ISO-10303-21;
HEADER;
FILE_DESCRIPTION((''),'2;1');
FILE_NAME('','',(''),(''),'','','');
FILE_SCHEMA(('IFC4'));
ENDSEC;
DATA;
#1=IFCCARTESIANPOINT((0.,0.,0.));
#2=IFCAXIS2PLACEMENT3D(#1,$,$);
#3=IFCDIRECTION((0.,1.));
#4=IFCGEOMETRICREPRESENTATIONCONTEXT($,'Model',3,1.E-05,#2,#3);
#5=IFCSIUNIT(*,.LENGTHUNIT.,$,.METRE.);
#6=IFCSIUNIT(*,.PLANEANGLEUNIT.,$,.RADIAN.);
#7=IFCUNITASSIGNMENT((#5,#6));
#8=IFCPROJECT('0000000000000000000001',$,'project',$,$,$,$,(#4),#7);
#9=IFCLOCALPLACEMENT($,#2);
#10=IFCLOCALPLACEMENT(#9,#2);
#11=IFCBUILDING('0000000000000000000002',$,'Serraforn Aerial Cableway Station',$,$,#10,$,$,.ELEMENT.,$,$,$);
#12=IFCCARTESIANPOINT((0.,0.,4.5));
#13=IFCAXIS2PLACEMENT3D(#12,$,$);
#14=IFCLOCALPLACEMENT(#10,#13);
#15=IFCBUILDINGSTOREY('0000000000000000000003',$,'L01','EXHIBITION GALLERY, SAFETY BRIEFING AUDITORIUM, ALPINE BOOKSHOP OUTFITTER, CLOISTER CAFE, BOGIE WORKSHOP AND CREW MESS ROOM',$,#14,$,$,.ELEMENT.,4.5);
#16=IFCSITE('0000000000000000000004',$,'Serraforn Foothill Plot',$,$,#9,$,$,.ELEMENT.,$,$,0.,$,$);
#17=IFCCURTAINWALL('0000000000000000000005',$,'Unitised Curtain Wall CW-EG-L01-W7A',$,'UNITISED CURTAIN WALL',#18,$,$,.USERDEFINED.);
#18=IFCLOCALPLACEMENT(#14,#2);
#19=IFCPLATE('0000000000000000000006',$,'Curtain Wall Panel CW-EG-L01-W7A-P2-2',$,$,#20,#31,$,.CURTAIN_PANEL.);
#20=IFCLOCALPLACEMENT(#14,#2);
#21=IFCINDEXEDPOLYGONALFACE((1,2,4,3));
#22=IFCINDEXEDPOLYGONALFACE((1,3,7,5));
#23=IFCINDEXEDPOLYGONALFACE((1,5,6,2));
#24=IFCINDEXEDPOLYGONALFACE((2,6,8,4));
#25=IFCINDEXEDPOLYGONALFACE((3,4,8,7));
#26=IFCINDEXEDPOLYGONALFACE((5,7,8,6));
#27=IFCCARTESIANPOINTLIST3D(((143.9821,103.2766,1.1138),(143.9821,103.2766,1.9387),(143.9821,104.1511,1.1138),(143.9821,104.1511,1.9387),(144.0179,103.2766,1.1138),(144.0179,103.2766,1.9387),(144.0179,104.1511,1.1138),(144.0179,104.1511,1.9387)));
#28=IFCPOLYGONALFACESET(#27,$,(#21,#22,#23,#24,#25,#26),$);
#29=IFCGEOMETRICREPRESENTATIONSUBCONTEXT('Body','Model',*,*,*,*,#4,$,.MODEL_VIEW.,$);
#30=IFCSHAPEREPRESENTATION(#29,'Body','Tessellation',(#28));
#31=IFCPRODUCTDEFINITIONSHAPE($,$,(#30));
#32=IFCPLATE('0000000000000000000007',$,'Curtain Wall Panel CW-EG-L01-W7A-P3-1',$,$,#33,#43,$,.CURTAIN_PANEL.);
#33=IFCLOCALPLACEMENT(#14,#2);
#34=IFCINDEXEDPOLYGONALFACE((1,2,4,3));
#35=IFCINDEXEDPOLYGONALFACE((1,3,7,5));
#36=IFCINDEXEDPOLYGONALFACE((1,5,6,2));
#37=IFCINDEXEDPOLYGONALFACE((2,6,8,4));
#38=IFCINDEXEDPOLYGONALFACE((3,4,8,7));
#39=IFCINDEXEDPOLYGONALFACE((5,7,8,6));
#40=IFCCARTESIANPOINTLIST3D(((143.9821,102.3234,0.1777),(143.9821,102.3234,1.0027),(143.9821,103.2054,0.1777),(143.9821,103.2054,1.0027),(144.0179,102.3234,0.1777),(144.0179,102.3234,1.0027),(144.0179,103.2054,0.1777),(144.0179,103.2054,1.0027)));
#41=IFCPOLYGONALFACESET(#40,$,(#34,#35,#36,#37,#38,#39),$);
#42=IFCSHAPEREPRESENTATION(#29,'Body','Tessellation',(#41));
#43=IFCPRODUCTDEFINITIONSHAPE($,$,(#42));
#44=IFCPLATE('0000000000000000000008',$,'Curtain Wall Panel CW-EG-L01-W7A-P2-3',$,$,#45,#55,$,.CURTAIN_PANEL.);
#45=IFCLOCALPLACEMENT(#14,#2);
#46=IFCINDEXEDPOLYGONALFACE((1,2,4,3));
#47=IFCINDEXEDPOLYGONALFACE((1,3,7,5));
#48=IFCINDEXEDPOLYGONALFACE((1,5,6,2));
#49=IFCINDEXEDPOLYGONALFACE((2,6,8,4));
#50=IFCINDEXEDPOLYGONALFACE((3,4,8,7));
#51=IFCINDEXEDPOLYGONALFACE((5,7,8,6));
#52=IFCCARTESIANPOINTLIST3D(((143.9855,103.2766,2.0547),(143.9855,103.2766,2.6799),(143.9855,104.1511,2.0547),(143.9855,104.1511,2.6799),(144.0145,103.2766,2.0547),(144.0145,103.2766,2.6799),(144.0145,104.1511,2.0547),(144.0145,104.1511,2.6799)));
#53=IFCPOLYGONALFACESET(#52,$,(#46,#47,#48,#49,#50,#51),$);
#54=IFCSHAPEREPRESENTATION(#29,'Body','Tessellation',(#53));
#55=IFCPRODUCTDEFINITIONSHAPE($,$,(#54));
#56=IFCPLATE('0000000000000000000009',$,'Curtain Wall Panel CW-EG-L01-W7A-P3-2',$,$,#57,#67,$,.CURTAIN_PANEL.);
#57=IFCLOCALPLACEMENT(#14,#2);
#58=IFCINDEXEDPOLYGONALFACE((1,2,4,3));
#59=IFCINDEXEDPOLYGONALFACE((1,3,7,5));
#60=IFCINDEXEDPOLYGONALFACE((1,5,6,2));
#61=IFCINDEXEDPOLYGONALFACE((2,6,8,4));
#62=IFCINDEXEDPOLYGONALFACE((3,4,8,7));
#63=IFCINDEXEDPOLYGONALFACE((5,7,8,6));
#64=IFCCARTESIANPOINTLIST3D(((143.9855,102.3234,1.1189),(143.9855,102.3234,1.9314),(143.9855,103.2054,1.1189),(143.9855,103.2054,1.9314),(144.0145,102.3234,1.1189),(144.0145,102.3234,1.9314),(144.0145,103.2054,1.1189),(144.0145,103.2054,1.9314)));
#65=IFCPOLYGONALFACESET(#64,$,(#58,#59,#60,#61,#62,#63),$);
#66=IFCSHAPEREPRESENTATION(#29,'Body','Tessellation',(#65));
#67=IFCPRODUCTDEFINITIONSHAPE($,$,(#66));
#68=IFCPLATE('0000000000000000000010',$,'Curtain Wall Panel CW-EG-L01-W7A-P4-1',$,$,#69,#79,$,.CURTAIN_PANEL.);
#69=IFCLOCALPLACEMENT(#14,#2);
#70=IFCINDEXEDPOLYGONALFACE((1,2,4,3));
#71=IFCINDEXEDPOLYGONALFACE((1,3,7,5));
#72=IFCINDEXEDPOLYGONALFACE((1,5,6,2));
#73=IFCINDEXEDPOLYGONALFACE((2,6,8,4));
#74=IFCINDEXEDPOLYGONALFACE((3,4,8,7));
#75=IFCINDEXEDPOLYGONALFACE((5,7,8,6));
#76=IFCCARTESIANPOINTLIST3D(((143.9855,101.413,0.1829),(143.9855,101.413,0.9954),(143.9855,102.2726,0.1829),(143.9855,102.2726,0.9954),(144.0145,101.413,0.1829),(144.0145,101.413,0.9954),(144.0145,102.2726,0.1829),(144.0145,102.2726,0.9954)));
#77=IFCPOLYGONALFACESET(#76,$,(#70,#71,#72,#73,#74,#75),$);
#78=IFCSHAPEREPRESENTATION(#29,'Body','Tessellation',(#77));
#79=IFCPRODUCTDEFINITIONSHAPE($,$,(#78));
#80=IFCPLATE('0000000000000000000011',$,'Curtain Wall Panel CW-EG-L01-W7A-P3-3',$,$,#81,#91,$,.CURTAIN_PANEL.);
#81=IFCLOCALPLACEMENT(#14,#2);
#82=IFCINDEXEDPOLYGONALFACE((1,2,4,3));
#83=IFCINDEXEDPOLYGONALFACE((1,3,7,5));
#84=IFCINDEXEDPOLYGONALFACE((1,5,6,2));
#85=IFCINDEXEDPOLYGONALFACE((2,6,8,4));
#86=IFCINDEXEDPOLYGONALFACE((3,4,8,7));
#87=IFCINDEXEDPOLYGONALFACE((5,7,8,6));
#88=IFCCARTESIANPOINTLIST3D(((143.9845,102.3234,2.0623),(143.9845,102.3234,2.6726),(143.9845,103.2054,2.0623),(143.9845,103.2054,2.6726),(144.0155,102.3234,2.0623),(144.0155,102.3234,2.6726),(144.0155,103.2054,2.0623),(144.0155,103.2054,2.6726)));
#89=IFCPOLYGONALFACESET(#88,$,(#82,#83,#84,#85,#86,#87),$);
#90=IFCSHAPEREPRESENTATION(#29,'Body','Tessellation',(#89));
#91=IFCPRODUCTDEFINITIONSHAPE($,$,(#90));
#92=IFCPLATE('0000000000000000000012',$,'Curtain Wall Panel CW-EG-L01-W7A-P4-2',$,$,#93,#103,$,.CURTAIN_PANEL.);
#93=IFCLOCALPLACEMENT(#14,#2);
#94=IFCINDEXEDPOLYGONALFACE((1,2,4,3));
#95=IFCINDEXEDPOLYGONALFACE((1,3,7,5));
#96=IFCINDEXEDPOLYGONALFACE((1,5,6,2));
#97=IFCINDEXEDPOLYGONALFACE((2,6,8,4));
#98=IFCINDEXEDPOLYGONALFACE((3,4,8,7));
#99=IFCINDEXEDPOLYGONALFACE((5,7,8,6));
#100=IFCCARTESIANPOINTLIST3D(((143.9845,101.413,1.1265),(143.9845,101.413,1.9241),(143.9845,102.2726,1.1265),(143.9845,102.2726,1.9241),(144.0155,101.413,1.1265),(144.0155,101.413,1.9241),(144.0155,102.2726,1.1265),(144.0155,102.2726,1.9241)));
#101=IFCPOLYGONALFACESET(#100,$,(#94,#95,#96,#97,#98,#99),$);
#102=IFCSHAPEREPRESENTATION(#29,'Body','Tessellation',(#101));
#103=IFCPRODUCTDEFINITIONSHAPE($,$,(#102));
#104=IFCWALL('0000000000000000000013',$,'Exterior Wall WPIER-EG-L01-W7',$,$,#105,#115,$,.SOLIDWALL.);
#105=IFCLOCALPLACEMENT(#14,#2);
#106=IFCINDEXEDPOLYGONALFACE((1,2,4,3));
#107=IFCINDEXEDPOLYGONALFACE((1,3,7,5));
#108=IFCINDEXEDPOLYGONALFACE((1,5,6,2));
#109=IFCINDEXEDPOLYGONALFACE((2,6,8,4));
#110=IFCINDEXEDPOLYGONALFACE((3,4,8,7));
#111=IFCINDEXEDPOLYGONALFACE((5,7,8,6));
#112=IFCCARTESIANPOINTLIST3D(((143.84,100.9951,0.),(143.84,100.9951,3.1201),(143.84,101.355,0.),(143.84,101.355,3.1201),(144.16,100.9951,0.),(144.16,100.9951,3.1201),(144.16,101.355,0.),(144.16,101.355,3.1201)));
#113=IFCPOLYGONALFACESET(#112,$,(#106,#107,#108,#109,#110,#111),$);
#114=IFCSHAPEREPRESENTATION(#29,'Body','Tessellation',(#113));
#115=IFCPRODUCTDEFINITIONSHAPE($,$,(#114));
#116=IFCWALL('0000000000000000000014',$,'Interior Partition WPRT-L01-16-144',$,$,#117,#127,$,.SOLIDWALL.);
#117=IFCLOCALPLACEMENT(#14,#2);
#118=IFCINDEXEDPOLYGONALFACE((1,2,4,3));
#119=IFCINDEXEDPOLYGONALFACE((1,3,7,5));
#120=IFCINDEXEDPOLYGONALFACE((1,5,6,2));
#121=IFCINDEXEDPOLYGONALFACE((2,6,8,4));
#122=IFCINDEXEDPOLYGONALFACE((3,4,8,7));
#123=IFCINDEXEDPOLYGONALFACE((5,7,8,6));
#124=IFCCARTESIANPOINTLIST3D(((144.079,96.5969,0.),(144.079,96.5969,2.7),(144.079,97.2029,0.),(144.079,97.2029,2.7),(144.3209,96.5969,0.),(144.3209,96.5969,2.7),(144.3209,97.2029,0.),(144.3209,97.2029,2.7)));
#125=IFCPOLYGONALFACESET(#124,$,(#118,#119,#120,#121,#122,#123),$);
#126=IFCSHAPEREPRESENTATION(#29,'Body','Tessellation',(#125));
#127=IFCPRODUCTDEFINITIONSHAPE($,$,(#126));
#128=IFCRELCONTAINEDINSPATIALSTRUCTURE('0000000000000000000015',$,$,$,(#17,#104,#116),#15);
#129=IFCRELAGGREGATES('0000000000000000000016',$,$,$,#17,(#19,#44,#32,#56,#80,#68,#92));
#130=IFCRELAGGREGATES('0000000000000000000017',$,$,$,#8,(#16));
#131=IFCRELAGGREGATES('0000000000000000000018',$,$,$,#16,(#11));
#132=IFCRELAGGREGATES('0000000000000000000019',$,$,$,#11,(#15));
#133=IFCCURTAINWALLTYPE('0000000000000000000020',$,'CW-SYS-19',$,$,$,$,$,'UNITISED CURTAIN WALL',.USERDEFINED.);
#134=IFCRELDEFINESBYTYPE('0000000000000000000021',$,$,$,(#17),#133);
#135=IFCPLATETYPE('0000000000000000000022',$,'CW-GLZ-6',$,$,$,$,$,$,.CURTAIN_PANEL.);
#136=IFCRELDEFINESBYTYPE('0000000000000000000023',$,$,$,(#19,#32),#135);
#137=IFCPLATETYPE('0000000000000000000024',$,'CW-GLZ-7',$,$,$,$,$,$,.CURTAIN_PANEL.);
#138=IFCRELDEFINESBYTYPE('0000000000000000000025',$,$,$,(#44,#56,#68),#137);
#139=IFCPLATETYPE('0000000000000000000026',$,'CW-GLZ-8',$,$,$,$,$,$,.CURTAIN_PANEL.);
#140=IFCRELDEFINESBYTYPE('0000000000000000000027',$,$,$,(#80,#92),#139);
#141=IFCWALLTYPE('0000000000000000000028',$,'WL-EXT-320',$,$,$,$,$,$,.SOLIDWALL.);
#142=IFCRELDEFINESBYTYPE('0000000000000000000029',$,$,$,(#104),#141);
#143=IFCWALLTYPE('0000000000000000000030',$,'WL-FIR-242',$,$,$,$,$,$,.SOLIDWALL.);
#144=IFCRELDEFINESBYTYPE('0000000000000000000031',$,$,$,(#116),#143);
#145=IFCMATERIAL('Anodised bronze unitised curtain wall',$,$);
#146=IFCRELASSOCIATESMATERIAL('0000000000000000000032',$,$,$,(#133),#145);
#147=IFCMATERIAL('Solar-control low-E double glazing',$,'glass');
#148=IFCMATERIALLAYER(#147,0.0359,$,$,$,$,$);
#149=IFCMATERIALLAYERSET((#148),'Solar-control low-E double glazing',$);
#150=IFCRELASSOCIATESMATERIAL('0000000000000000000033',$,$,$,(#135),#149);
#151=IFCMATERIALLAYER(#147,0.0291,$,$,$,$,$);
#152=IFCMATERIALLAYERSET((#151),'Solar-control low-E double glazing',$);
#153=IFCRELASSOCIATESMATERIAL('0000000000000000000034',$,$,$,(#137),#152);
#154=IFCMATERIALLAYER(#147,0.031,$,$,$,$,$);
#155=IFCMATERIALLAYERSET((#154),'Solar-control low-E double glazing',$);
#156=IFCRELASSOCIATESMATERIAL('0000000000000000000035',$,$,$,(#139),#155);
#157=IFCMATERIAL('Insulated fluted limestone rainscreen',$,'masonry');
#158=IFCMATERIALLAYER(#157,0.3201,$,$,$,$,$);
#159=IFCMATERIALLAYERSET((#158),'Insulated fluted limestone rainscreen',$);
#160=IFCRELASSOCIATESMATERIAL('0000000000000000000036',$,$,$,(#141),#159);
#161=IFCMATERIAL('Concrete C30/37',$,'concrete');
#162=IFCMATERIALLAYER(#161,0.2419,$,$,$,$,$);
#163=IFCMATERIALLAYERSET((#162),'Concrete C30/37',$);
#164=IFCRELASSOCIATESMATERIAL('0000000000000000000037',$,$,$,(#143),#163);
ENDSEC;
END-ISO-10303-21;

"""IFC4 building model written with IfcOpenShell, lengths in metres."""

from ifc_helpers import new_model, si_unit, direction, frame, frame_2d, origin, origin_2d, place, context, subcontext, project, spatial, rectangle, extrude, material, layer, layer_set, type_object, element, aggregate, save


model = new_model("IFC4")

# Units and contexts
model_context = context("Model", 3, precision=1e-05, world=origin(), true_north=direction((0.0, 1.0)))
body_context = subcontext(model_context, "Body", "Model", "MODEL_VIEW")
ifc_project = project(units=[si_unit("LENGTHUNIT", "METRE"), si_unit("PLANEANGLEUNIT", "RADIAN")], contexts=[model_context])

# Site, building, storey
site_placement = place(None, origin())
site = spatial("IfcSite", under=ifc_project, at=site_placement, Name="Serraforn Foothill Plot", CompositionType="ELEMENT", RefElevation=0.0)
building_placement = place(site_placement, origin())
building = spatial("IfcBuilding", under=site, at=building_placement, Name="Serraforn Aerial Cableway Station", CompositionType="ELEMENT")
storey_placement = place(building_placement, frame((0.0, 0.0, 4.5)))
storey = spatial("IfcBuildingStorey", under=building, at=storey_placement, Name="L01", Description="EXHIBITION GALLERY, SAFETY BRIEFING AUDITORIUM, ALPINE BOOKSHOP OUTFITTER, CLOISTER CAFE, BOGIE WORKSHOP AND CREW MESS ROOM", CompositionType="ELEMENT", Elevation=4.5)

# Curtain wall, plates
ifc_material_1 = material(Name="Anodised bronze unitised curtain wall")
curtain_wall_type = type_object("IfcCurtainWallType", Name="CW-SYS-19", ElementType="UNITISED CURTAIN WALL", PredefinedType="USERDEFINED", material=ifc_material_1)
curtain_wall_placement = place(storey_placement, origin())
curtain_wall = element("IfcCurtainWall", 1, at=curtain_wall_placement, inside=storey, type_object=curtain_wall_type, Name="Unitised Curtain Wall CW-EG-L01-W7A", ObjectType="UNITISED CURTAIN WALL", PredefinedType="USERDEFINED")
ifc_material_2 = material(Name="Solar-control low-E double glazing", Category="glass")
ifc_layer_1 = layer(ifc_material_2, 0.0359)
ifc_layer_set_1 = layer_set([ifc_layer_1], Name="Solar-control low-E double glazing")
plate_type_1 = type_object("IfcPlateType", Name="CW-GLZ-6", PredefinedType="CURTAIN_PANEL", material=ifc_layer_set_1)
plate_1_placement = place(storey_placement, frame((144.0, 103.7139, 1.1138), z_axis=(0.0, 0.0, 1.0), x_axis=(1.0, 0.0, 0.0)))
plate_1 = element("IfcPlate", 2, at=plate_1_placement, type_object=plate_type_1, Name="Curtain Wall Panel CW-EG-L01-W7A-P2-2", PredefinedType="CURTAIN_PANEL", context=body_context, shape_type="SweptSolid", body=[
    extrude(rectangle(XDim=0.0359, YDim=0.8745, at=origin_2d()), origin(), (0.0, 0.0, 1.0), 0.825),
])
plate_2_placement = place(storey_placement, frame((144.0, 102.7644, 0.1777), z_axis=(0.0, 0.0, 1.0), x_axis=(1.0, 0.0, 0.0)))
plate_2 = element("IfcPlate", 3, at=plate_2_placement, type_object=plate_type_1, Name="Curtain Wall Panel CW-EG-L01-W7A-P3-1", PredefinedType="CURTAIN_PANEL", context=body_context, shape_type="SweptSolid", body=[
    extrude(rectangle(XDim=0.0359, YDim=0.8821, at=origin_2d()), origin(), (0.0, 0.0, 1.0), 0.825),
])
ifc_layer_2 = layer(ifc_material_2, 0.0291)
ifc_layer_set_2 = layer_set([ifc_layer_2], Name="Solar-control low-E double glazing")
plate_type_2 = type_object("IfcPlateType", Name="CW-GLZ-7", PredefinedType="CURTAIN_PANEL", material=ifc_layer_set_2)
plate_3_placement = place(storey_placement, frame((144.0, 103.7139, 2.0547), z_axis=(0.0, 0.0, 1.0), x_axis=(1.0, 0.0, 0.0)))
plate_3 = element("IfcPlate", 4, at=plate_3_placement, type_object=plate_type_2, Name="Curtain Wall Panel CW-EG-L01-W7A-P2-3", PredefinedType="CURTAIN_PANEL", context=body_context, shape_type="SweptSolid", body=[
    extrude(rectangle(XDim=0.0291, YDim=0.8745, at=origin_2d()), origin(), (0.0, 0.0, 1.0), 0.6252),
])
plate_4_placement = place(storey_placement, frame((144.0, 102.7644, 1.1189), z_axis=(0.0, 0.0, 1.0), x_axis=(1.0, 0.0, 0.0)))
plate_4 = element("IfcPlate", 5, at=plate_4_placement, type_object=plate_type_2, Name="Curtain Wall Panel CW-EG-L01-W7A-P3-2", PredefinedType="CURTAIN_PANEL", context=body_context, shape_type="SweptSolid", body=[
    extrude(rectangle(XDim=0.0291, YDim=0.8821, at=origin_2d()), origin(), (0.0, 0.0, 1.0), 0.8125),
])
plate_5_placement = place(storey_placement, frame((144.0, 101.8428, 0.1829), z_axis=(0.0, 0.0, 1.0), x_axis=(1.0, 0.0, 0.0)))
plate_5 = element("IfcPlate", 6, at=plate_5_placement, type_object=plate_type_2, Name="Curtain Wall Panel CW-EG-L01-W7A-P4-1", PredefinedType="CURTAIN_PANEL", context=body_context, shape_type="SweptSolid", body=[
    extrude(rectangle(XDim=0.0291, YDim=0.8596, at=origin_2d()), origin(), (0.0, 0.0, 1.0), 0.8125),
])
ifc_layer_3 = layer(ifc_material_2, 0.031)
ifc_layer_set_3 = layer_set([ifc_layer_3], Name="Solar-control low-E double glazing")
plate_type_3 = type_object("IfcPlateType", Name="CW-GLZ-8", PredefinedType="CURTAIN_PANEL", material=ifc_layer_set_3)
plate_6_placement = place(storey_placement, frame((144.0, 102.7644, 2.0623), z_axis=(0.0, 0.0, 1.0), x_axis=(1.0, 0.0, 0.0)))
plate_6 = element("IfcPlate", 7, at=plate_6_placement, type_object=plate_type_3, Name="Curtain Wall Panel CW-EG-L01-W7A-P3-3", PredefinedType="CURTAIN_PANEL", context=body_context, shape_type="SweptSolid", body=[
    extrude(rectangle(XDim=0.031, YDim=0.8821, at=origin_2d()), origin(), (0.0, 0.0, 1.0), 0.6104),
])
plate_7_placement = place(storey_placement, frame((144.0, 101.8428, 1.1265), z_axis=(0.0, 0.0, 1.0), x_axis=(1.0, 0.0, 0.0)))
plate_7 = element("IfcPlate", 8, at=plate_7_placement, type_object=plate_type_3, Name="Curtain Wall Panel CW-EG-L01-W7A-P4-2", PredefinedType="CURTAIN_PANEL", context=body_context, shape_type="SweptSolid", body=[
    extrude(rectangle(XDim=0.031, YDim=0.8596, at=origin_2d()), origin(), (0.0, 0.0, 1.0), 0.7976),
])
aggregate(curtain_wall, [plate_1, plate_3, plate_2, plate_4, plate_6, plate_5, plate_7])

# Walls
ifc_material_3 = material(Name="Insulated fluted limestone rainscreen", Category="masonry")
ifc_layer_4 = layer(ifc_material_3, 0.3201)
ifc_layer_set_4 = layer_set([ifc_layer_4], Name="Insulated fluted limestone rainscreen")
wall_type_1 = type_object("IfcWallType", Name="WL-EXT-320", PredefinedType="SOLIDWALL", material=ifc_layer_set_4)
wall_1_placement = place(storey_placement, frame((144.0, 101.355, 0.0), z_axis=(0.0, 0.0, 1.0), x_axis=(0.0, -1.0, 0.0)))
element("IfcWall", 9, at=wall_1_placement, inside=storey, type_object=wall_type_1, Name="Exterior Wall WPIER-EG-L01-W7", PredefinedType="SOLIDWALL", context=body_context, shape_type="SweptSolid", body=[
    extrude(rectangle(XDim=0.3599, YDim=0.3201, at=frame_2d((0.1799, 0.0))), origin(), (0.0, 0.0, 1.0), 3.1201),
])
ifc_material_4 = material(Name="Concrete C30/37", Category="concrete")
ifc_layer_5 = layer(ifc_material_4, 0.2419)
ifc_layer_set_5 = layer_set([ifc_layer_5], Name="Concrete C30/37")
wall_type_2 = type_object("IfcWallType", Name="WL-FIR-242", PredefinedType="SOLIDWALL", material=ifc_layer_set_5)
wall_2_placement = place(storey_placement, frame((144.2, 96.5969, 0.0), z_axis=(0.0, 0.0, 1.0), x_axis=(0.0, 1.0, 0.0)))
element("IfcWall", 10, at=wall_2_placement, inside=storey, type_object=wall_type_2, Name="Interior Partition WPRT-L01-16-144", PredefinedType="SOLIDWALL", context=body_context, shape_type="SweptSolid", body=[
    extrude(rectangle(XDim=0.606, YDim=0.2419, at=frame_2d((0.303, 0.0))), origin(), (0.0, 0.0, 1.0), 2.7),
])

save(model, "model.ifc")
